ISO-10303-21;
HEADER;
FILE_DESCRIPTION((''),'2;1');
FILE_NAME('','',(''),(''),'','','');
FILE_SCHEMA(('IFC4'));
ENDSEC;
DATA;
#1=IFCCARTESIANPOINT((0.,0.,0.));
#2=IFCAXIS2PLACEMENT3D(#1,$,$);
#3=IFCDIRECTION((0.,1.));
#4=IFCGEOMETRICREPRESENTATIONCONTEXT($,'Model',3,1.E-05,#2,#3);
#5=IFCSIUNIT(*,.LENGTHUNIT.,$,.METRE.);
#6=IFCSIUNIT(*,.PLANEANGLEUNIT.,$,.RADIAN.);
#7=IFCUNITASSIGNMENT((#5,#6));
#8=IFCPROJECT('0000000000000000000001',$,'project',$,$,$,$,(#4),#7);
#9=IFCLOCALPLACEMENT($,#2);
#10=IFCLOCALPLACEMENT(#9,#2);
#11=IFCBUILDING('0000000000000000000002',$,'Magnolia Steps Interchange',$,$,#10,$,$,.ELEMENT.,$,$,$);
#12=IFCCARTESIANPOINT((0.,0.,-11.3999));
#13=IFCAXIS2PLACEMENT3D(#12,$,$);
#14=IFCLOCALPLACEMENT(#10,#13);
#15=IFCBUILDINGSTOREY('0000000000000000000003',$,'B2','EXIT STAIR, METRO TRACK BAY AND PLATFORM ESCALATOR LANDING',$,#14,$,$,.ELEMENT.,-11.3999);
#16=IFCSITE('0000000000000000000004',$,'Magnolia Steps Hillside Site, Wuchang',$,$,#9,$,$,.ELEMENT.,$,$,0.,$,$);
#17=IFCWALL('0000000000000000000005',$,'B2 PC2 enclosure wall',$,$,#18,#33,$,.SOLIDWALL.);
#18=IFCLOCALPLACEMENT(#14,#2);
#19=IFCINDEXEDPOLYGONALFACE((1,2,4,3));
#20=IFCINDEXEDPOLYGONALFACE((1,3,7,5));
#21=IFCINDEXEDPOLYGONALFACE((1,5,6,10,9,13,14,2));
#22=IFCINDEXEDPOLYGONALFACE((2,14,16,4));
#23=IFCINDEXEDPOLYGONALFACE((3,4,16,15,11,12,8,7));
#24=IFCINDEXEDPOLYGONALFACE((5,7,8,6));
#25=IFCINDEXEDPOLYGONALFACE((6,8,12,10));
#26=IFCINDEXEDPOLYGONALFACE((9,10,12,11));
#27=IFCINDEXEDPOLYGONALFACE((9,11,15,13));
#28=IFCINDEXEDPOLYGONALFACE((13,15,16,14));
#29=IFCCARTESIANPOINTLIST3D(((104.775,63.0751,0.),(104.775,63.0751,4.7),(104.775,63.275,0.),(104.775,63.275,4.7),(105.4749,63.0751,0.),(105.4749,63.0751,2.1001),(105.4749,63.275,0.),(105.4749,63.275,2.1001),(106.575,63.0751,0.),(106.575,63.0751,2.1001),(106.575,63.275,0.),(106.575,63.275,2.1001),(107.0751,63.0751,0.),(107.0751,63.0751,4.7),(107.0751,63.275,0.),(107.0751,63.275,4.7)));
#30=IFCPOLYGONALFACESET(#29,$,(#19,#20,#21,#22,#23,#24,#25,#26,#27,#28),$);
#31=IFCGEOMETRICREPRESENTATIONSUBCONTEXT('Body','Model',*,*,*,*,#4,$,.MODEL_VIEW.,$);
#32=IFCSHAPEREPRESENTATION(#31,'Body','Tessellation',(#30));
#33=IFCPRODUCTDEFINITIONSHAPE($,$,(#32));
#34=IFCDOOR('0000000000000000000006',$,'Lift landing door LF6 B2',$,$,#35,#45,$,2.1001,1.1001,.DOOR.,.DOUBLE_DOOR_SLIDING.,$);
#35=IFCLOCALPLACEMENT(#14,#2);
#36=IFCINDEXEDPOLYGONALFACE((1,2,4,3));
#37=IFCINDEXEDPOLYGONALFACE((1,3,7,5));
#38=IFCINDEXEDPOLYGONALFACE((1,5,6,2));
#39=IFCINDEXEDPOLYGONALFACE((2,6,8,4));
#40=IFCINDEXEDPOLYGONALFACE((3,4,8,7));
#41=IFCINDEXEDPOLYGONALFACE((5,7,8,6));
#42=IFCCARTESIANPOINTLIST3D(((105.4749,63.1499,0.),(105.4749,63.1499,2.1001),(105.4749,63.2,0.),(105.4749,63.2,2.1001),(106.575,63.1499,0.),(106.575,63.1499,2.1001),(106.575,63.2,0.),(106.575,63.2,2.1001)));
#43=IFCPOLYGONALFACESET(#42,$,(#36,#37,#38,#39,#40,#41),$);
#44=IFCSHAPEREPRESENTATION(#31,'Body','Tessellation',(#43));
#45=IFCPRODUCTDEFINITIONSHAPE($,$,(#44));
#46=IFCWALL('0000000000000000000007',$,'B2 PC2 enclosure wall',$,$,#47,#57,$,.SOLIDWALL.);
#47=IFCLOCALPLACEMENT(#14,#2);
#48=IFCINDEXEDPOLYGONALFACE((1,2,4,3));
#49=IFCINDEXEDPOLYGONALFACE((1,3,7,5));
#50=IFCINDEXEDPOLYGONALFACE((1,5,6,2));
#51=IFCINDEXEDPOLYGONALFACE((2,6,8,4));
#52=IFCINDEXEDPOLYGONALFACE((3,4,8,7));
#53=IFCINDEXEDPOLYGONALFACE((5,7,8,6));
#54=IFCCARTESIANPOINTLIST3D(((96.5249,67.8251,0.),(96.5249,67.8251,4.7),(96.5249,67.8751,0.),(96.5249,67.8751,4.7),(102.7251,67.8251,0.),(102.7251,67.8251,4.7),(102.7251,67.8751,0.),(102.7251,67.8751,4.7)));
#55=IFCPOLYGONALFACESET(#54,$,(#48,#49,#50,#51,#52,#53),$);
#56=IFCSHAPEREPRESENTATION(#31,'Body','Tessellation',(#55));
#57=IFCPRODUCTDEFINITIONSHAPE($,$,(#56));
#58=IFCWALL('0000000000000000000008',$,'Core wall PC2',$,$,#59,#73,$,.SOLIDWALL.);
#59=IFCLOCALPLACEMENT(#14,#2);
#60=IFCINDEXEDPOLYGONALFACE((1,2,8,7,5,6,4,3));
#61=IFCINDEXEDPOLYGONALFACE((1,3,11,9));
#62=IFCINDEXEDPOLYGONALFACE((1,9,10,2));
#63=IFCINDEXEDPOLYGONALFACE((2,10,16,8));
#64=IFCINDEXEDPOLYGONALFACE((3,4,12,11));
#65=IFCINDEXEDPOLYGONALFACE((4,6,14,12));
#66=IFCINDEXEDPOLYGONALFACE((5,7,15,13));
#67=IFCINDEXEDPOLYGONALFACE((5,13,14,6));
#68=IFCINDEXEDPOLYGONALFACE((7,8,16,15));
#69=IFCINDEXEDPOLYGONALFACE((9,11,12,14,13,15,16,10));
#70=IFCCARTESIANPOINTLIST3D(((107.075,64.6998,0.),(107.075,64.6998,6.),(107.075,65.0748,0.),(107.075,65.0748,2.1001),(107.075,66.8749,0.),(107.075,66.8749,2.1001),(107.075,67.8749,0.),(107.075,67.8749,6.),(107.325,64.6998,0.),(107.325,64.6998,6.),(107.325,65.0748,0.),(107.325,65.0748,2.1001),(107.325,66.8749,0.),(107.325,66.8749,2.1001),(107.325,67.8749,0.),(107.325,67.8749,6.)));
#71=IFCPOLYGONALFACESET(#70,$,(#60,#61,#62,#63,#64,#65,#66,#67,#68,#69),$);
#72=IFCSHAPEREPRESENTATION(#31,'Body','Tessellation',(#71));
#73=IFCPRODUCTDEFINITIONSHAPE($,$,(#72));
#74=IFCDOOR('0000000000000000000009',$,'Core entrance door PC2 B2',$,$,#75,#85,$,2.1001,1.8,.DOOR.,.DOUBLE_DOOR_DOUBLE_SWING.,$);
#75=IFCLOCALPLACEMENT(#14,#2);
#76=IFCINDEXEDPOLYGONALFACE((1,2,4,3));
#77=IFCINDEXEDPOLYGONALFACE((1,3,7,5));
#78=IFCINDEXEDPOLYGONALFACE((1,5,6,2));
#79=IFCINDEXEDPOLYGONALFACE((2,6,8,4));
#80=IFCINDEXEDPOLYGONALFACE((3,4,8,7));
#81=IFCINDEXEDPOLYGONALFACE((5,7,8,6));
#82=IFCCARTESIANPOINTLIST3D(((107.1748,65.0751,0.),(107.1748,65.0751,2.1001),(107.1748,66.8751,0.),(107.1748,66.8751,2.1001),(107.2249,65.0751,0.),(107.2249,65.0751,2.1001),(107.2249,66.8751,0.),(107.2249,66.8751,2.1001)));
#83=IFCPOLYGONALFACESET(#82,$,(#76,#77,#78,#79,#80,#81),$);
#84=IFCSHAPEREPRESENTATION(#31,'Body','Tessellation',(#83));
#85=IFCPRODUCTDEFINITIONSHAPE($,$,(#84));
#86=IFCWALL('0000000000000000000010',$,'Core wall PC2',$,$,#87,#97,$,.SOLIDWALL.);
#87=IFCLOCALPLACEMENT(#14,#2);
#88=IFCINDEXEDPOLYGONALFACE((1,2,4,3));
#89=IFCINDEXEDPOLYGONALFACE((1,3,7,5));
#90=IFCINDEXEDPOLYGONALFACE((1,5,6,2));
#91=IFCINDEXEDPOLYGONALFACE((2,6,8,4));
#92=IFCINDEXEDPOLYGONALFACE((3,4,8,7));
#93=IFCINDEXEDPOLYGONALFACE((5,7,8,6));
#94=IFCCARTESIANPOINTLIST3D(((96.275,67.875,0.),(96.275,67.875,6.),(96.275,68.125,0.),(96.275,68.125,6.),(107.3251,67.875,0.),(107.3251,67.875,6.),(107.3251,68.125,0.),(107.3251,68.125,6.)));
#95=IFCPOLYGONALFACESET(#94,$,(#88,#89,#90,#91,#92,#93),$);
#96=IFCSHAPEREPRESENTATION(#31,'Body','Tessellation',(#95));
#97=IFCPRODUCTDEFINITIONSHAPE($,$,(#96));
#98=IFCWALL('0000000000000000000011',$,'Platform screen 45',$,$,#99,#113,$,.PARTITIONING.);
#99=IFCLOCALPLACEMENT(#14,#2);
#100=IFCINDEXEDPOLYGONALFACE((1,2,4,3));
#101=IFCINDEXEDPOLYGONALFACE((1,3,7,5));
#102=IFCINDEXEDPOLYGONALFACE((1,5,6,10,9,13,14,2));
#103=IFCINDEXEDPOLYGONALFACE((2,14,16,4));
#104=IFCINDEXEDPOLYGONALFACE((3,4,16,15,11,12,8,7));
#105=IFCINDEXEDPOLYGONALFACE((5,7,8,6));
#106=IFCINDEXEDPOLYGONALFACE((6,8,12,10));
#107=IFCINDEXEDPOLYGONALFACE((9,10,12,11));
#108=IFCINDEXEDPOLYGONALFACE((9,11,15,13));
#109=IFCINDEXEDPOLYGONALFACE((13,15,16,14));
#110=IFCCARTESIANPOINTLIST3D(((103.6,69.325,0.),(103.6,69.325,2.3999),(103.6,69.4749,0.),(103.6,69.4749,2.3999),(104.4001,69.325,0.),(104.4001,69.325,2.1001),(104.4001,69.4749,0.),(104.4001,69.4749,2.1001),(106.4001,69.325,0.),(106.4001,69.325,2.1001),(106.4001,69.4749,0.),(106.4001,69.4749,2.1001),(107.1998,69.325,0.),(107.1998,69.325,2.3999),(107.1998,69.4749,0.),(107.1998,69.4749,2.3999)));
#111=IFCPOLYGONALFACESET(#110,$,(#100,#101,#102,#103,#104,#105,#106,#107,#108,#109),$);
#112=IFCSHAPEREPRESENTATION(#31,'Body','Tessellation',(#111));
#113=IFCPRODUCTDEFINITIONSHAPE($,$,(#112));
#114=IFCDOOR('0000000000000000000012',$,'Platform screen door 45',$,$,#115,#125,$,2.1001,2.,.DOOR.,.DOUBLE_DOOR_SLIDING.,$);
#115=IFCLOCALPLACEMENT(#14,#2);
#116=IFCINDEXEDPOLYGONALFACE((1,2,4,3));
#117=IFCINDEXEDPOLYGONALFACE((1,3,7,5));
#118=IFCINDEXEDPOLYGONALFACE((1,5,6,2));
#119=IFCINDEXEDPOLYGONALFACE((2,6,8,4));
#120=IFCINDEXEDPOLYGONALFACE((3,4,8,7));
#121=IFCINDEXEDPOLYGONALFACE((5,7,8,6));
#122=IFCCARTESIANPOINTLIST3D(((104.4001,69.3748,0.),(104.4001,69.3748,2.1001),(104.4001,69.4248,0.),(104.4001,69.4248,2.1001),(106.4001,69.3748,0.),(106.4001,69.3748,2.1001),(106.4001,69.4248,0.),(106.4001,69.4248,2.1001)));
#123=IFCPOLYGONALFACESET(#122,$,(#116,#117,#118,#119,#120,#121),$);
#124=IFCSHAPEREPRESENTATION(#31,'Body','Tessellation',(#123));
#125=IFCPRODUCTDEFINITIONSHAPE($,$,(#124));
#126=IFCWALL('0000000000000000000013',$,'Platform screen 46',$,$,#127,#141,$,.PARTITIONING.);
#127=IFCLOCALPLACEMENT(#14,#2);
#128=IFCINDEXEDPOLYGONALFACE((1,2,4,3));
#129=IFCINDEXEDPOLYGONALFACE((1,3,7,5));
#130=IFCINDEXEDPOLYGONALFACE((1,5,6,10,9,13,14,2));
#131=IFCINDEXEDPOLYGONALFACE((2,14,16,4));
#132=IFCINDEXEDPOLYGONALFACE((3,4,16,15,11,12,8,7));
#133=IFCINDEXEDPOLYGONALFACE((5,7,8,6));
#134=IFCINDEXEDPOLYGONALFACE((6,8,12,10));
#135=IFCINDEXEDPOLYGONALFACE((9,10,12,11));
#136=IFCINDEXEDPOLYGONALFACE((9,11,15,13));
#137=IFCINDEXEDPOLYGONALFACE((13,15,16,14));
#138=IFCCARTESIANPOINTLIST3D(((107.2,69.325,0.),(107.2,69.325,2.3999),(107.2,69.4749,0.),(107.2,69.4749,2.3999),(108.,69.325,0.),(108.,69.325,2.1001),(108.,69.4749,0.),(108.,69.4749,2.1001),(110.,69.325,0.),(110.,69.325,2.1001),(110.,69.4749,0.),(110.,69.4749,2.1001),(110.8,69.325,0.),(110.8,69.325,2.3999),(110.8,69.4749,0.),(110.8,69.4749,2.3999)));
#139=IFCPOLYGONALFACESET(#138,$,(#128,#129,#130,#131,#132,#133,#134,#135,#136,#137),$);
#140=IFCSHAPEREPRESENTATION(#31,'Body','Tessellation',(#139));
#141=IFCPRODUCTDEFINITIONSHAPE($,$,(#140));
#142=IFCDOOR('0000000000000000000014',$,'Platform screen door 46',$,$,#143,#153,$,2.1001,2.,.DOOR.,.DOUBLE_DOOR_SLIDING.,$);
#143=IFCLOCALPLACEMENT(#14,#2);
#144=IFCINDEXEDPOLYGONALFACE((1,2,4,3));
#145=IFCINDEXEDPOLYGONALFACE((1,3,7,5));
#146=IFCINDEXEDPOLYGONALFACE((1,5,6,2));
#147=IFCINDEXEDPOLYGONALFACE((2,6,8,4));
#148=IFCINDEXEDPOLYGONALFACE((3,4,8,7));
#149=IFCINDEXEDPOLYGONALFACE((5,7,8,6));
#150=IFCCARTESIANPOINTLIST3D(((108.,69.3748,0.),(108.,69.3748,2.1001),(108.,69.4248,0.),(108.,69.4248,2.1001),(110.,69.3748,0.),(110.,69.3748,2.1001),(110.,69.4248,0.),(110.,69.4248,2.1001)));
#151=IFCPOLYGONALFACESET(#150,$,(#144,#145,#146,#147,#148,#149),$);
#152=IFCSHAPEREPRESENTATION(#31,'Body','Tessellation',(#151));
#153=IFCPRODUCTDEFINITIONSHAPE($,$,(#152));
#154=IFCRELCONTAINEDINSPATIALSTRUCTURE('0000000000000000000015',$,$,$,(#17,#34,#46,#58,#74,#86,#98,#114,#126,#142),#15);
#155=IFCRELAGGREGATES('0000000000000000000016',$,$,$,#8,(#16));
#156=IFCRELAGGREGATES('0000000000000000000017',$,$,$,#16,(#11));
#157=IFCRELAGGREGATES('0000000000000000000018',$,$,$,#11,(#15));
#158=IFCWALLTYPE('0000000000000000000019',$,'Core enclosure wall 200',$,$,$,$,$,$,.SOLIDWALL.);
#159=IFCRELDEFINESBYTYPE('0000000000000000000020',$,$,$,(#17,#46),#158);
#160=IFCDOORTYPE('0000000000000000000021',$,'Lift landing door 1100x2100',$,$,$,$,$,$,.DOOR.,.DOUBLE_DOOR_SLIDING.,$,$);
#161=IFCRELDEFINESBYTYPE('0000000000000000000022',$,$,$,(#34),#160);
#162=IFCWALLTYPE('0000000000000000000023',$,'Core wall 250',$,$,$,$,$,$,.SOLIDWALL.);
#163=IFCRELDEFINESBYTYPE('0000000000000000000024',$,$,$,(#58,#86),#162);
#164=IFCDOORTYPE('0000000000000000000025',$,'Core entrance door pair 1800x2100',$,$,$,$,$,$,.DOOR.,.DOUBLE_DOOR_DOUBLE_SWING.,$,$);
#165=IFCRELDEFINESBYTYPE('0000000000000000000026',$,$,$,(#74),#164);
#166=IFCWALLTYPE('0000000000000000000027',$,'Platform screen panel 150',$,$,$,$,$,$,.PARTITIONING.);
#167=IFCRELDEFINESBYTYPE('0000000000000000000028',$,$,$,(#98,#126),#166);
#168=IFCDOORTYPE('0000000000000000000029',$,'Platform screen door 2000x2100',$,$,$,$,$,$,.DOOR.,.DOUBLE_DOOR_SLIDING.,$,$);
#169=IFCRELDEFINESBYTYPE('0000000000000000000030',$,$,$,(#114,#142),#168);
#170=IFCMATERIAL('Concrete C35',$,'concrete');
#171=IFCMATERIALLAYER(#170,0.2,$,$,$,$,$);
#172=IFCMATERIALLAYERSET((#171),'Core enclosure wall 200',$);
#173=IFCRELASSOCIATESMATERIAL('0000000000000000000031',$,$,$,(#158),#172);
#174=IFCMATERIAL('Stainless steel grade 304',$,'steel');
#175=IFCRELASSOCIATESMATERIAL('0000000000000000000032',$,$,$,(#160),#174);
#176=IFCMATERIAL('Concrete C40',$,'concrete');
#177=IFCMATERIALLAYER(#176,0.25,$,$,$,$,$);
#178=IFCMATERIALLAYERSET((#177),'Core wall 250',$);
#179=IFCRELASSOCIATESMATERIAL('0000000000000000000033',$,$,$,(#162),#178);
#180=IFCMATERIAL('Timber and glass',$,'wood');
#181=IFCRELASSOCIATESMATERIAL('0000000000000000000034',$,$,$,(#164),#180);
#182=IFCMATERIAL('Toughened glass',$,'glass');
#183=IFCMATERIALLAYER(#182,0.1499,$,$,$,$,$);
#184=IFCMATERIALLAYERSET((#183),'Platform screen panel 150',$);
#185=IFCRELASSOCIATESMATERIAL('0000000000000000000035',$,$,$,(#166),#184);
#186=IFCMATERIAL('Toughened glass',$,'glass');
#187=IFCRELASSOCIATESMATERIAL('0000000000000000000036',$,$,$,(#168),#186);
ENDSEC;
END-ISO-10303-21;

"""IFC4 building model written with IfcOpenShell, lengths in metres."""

from ifc_helpers import new_model, si_unit, direction, frame, frame_2d, origin, place, context, subcontext, project, spatial, rectangle, extrude, material, layer, layer_set, type_object, element, fill, save


model = new_model("IFC4")

# Units and contexts
model_context = context("Model", 3, precision=1e-05, world=origin(), true_north=direction((0.0, 1.0)))
body_context = subcontext(model_context, "Body", "Model", "MODEL_VIEW")
ifc_project = project(units=[si_unit("LENGTHUNIT", "METRE"), si_unit("PLANEANGLEUNIT", "RADIAN")], contexts=[model_context])

# Site, building, storey
site_placement = place(None, origin())
site = spatial("IfcSite", under=ifc_project, at=site_placement, Name="Magnolia Steps Hillside Site, Wuchang", CompositionType="ELEMENT", RefElevation=0.0)
building_placement = place(site_placement, origin())
building = spatial("IfcBuilding", under=site, at=building_placement, Name="Magnolia Steps Interchange", CompositionType="ELEMENT")
storey_placement = place(building_placement, frame((0.0, 0.0, -11.3999)))
storey = spatial("IfcBuildingStorey", under=building, at=storey_placement, Name="B2", Description="EXIT STAIR, METRO TRACK BAY AND PLATFORM ESCALATOR LANDING", CompositionType="ELEMENT", Elevation=-11.3999)

# Wall, opening, door
ifc_material_1 = material(Name="Concrete C35", Category="concrete")
ifc_layer_1 = layer(ifc_material_1, 0.2)
ifc_layer_set_1 = layer_set([ifc_layer_1], Name="Core enclosure wall 200")
wall_type_1 = type_object("IfcWallType", Name="Core enclosure wall 200", PredefinedType="SOLIDWALL", material=ifc_layer_set_1)
wall_1_placement = place(storey_placement, frame((107.075, 63.175, 0.0), z_axis=(0.0, 0.0, 1.0), x_axis=(-1.0, 0.0, 0.0)))
wall_1 = element("IfcWall", 1, at=wall_1_placement, inside=storey, type_object=wall_type_1, Name="B2 PC2 enclosure wall", PredefinedType="SOLIDWALL", context=body_context, shape_type="SweptSolid", body=[
    extrude(rectangle(XDim=2.3, YDim=0.2, at=frame_2d((1.1499, 0.0))), origin(), (0.0, 0.0, 1.0), 4.7),
])
opening_1_placement = place(wall_1_placement, frame((0.5, 0.0, 0.0)))
opening_1 = element("IfcOpeningElement", 2, at=opening_1_placement, cuts=wall_1, PredefinedType="OPENING", context=body_context, shape_type="SweptSolid", body=[
    extrude(rectangle(XDim=1.1001, YDim=2.1001, at=frame_2d((0.55, 1.05))), frame((0.0, 0.1099, 0.0), z_axis=(0.0, -1.0, 0.0), x_axis=(1.0, 0.0, 0.0)), (0.0, 0.0, 1.0), 0.22),
])
ifc_material_2 = material(Name="Stainless steel grade 304", Category="steel")
door_type_1 = type_object("IfcDoorType", Name="Lift landing door 1100x2100", OperationType="DOUBLE_DOOR_SLIDING", PredefinedType="DOOR", material=ifc_material_2)
door_1_placement = place(opening_1_placement, frame((1.1001, 0.0, 0.0), z_axis=(0.0, 0.0, 1.0), x_axis=(-1.0, 0.0, 0.0)))
door_1 = element("IfcDoor", 3, at=door_1_placement, inside=storey, type_object=door_type_1, Name="Lift landing door LF6 B2", OperationType="DOUBLE_DOOR_SLIDING", OverallHeight=2.1001, OverallWidth=1.1001, PredefinedType="DOOR", context=body_context, shape_type="SweptSolid", body=[
    extrude(rectangle(XDim=1.1001, YDim=2.1001, at=frame_2d((0.55, 1.05))), frame((0.0, 0.0249, 0.0), z_axis=(0.0, -1.0, 0.0), x_axis=(1.0, 0.0, 0.0)), (0.0, 0.0, 1.0), 0.05),
])
fill(opening_1, door_1)

# Wall
wall_2_placement = place(storey_placement, frame((102.7251, 67.8501, 0.0), z_axis=(0.0, 0.0, 1.0), x_axis=(-1.0, 0.0, 0.0)))
element("IfcWall", 4, at=wall_2_placement, inside=storey, type_object=wall_type_1, Name="B2 PC2 enclosure wall", PredefinedType="SOLIDWALL", context=body_context, shape_type="SweptSolid", body=[
    extrude(rectangle(XDim=6.2002, YDim=0.05, at=frame_2d((3.1001, 0.0))), origin(), (0.0, 0.0, 1.0), 4.7),
])

# Wall, opening, door
ifc_material_3 = material(Name="Concrete C40", Category="concrete")
ifc_layer_2 = layer(ifc_material_3, 0.25)
ifc_layer_set_2 = layer_set([ifc_layer_2], Name="Core wall 250")
wall_type_2 = type_object("IfcWallType", Name="Core wall 250", PredefinedType="SOLIDWALL", material=ifc_layer_set_2)
wall_3_placement = place(storey_placement, frame((107.2, 64.7, 0.0), z_axis=(0.0, 0.0, 1.0), x_axis=(0.0, 1.0, 0.0)))
wall_3 = element("IfcWall", 5, at=wall_3_placement, inside=storey, type_object=wall_type_2, Name="Core wall PC2", PredefinedType="SOLIDWALL", context=body_context, shape_type="SweptSolid", body=[
    extrude(rectangle(XDim=3.175, YDim=0.25, at=frame_2d((1.5874, 0.0))), origin(), (0.0, 0.0, 1.0), 6.0),
])
opening_2_placement = place(wall_3_placement, frame((0.375, 0.0, 0.0)))
opening_2 = element("IfcOpeningElement", 6, at=opening_2_placement, cuts=wall_3, PredefinedType="OPENING", context=body_context, shape_type="SweptSolid", body=[
    extrude(rectangle(XDim=1.8, YDim=2.1001, at=frame_2d((0.8999, 1.05))), frame((0.0, 0.135, 0.0), z_axis=(0.0, -1.0, 0.0), x_axis=(1.0, 0.0, 0.0)), (0.0, 0.0, 1.0), 0.27),
])
ifc_material_4 = material(Name="Timber and glass", Category="wood")
door_type_2 = type_object("IfcDoorType", Name="Core entrance door pair 1800x2100", OperationType="DOUBLE_DOOR_DOUBLE_SWING", PredefinedType="DOOR", material=ifc_material_4)
door_2_placement = place(opening_2_placement, frame((1.8, 0.0, 0.0), z_axis=(0.0, 0.0, 1.0), x_axis=(-1.0, 0.0, 0.0)))
door_2 = element("IfcDoor", 7, at=door_2_placement, inside=storey, type_object=door_type_2, Name="Core entrance door PC2 B2", OperationType="DOUBLE_DOOR_DOUBLE_SWING", OverallHeight=2.1001, OverallWidth=1.8, PredefinedType="DOOR", context=body_context, shape_type="SweptSolid", body=[
    extrude(rectangle(XDim=1.8, YDim=2.1001, at=frame_2d((0.8999, 1.05))), frame((0.0, 0.0249, 0.0), z_axis=(0.0, -1.0, 0.0), x_axis=(1.0, 0.0, 0.0)), (0.0, 0.0, 1.0), 0.05),
])
fill(opening_2, door_2)

# Wall
wall_4_placement = place(storey_placement, frame((107.325, 68.0, 0.0), z_axis=(0.0, 0.0, 1.0), x_axis=(-1.0, 0.0, 0.0)))
element("IfcWall", 8, at=wall_4_placement, inside=storey, type_object=wall_type_2, Name="Core wall PC2", PredefinedType="SOLIDWALL", context=body_context, shape_type="SweptSolid", body=[
    extrude(rectangle(XDim=11.05, YDim=0.25, at=frame_2d((5.5249, 0.0))), origin(), (0.0, 0.0, 1.0), 6.0),
])

# Walls, openings, doors
ifc_material_5 = material(Name="Toughened glass", Category="glass")
ifc_layer_3 = layer(ifc_material_5, 0.1499)
ifc_layer_set_3 = layer_set([ifc_layer_3], Name="Platform screen panel 150")
wall_type_3 = type_object("IfcWallType", Name="Platform screen panel 150", PredefinedType="PARTITIONING", material=ifc_layer_set_3)
wall_5_placement = place(storey_placement, frame((103.6001, 69.3999, 0.0), z_axis=(0.0, 0.0, 1.0), x_axis=(1.0, 0.0, 0.0)))
wall_5 = element("IfcWall", 9, at=wall_5_placement, inside=storey, type_object=wall_type_3, Name="Platform screen 45", PredefinedType="PARTITIONING", context=body_context, shape_type="SweptSolid", body=[
    extrude(rectangle(XDim=3.5999, YDim=0.1499, at=frame_2d((1.7998, 0.0))), origin(), (0.0, 0.0, 1.0), 2.3999),
])
opening_3_placement = place(wall_5_placement, frame((0.8, 0.0, 0.0)))
opening_3 = element("IfcOpeningElement", 10, at=opening_3_placement, cuts=wall_5, PredefinedType="OPENING", context=body_context, shape_type="SweptSolid", body=[
    extrude(rectangle(XDim=2.0, YDim=2.1001, at=frame_2d((1.0, 1.05))), frame((0.0, 0.085, 0.0), z_axis=(0.0, -1.0, 0.0), x_axis=(1.0, 0.0, 0.0)), (0.0, 0.0, 1.0), 0.1699),
])
ifc_material_6 = material(Name="Toughened glass", Category="glass")
door_type_3 = type_object("IfcDoorType", Name="Platform screen door 2000x2100", OperationType="DOUBLE_DOOR_SLIDING", PredefinedType="DOOR", material=ifc_material_6)
door_3_placement = place(opening_3_placement, origin())
door_3 = element("IfcDoor", 11, at=door_3_placement, inside=storey, type_object=door_type_3, Name="Platform screen door 45", OperationType="DOUBLE_DOOR_SLIDING", OverallHeight=2.1001, OverallWidth=2.0, PredefinedType="DOOR", context=body_context, shape_type="SweptSolid", body=[
    extrude(rectangle(XDim=2.0, YDim=2.1001, at=frame_2d((1.0, 1.05))), frame((0.0, 0.0249, 0.0), z_axis=(0.0, -1.0, 0.0), x_axis=(1.0, 0.0, 0.0)), (0.0, 0.0, 1.0), 0.05),
])
fill(opening_3, door_3)
wall_6_placement = place(storey_placement, frame((107.2, 69.3999, 0.0), z_axis=(0.0, 0.0, 1.0), x_axis=(1.0, 0.0, 0.0)))
wall_6 = element("IfcWall", 12, at=wall_6_placement, inside=storey, type_object=wall_type_3, Name="Platform screen 46", PredefinedType="PARTITIONING", context=body_context, shape_type="SweptSolid", body=[
    extrude(rectangle(XDim=3.6001, YDim=0.1499, at=frame_2d((1.8, 0.0))), origin(), (0.0, 0.0, 1.0), 2.3999),
])
opening_4_placement = place(wall_6_placement, frame((0.8, 0.0, 0.0)))
opening_4 = element("IfcOpeningElement", 13, at=opening_4_placement, cuts=wall_6, PredefinedType="OPENING", context=body_context, shape_type="SweptSolid", body=[
    extrude(rectangle(XDim=2.0, YDim=2.1001, at=frame_2d((1.0, 1.05))), frame((0.0, 0.085, 0.0), z_axis=(0.0, -1.0, 0.0), x_axis=(1.0, 0.0, 0.0)), (0.0, 0.0, 1.0), 0.1699),
])
door_4_placement = place(opening_4_placement, origin())
door_4 = element("IfcDoor", 14, at=door_4_placement, inside=storey, type_object=door_type_3, Name="Platform screen door 46", OperationType="DOUBLE_DOOR_SLIDING", OverallHeight=2.1001, OverallWidth=2.0, PredefinedType="DOOR", context=body_context, shape_type="SweptSolid", body=[
    extrude(rectangle(XDim=2.0, YDim=2.1001, at=frame_2d((1.0, 1.05))), frame((0.0, 0.0249, 0.0), z_axis=(0.0, -1.0, 0.0), x_axis=(1.0, 0.0, 0.0)), (0.0, 0.0, 1.0), 0.05),
])
fill(opening_4, door_4)

save(model, "model.ifc")
